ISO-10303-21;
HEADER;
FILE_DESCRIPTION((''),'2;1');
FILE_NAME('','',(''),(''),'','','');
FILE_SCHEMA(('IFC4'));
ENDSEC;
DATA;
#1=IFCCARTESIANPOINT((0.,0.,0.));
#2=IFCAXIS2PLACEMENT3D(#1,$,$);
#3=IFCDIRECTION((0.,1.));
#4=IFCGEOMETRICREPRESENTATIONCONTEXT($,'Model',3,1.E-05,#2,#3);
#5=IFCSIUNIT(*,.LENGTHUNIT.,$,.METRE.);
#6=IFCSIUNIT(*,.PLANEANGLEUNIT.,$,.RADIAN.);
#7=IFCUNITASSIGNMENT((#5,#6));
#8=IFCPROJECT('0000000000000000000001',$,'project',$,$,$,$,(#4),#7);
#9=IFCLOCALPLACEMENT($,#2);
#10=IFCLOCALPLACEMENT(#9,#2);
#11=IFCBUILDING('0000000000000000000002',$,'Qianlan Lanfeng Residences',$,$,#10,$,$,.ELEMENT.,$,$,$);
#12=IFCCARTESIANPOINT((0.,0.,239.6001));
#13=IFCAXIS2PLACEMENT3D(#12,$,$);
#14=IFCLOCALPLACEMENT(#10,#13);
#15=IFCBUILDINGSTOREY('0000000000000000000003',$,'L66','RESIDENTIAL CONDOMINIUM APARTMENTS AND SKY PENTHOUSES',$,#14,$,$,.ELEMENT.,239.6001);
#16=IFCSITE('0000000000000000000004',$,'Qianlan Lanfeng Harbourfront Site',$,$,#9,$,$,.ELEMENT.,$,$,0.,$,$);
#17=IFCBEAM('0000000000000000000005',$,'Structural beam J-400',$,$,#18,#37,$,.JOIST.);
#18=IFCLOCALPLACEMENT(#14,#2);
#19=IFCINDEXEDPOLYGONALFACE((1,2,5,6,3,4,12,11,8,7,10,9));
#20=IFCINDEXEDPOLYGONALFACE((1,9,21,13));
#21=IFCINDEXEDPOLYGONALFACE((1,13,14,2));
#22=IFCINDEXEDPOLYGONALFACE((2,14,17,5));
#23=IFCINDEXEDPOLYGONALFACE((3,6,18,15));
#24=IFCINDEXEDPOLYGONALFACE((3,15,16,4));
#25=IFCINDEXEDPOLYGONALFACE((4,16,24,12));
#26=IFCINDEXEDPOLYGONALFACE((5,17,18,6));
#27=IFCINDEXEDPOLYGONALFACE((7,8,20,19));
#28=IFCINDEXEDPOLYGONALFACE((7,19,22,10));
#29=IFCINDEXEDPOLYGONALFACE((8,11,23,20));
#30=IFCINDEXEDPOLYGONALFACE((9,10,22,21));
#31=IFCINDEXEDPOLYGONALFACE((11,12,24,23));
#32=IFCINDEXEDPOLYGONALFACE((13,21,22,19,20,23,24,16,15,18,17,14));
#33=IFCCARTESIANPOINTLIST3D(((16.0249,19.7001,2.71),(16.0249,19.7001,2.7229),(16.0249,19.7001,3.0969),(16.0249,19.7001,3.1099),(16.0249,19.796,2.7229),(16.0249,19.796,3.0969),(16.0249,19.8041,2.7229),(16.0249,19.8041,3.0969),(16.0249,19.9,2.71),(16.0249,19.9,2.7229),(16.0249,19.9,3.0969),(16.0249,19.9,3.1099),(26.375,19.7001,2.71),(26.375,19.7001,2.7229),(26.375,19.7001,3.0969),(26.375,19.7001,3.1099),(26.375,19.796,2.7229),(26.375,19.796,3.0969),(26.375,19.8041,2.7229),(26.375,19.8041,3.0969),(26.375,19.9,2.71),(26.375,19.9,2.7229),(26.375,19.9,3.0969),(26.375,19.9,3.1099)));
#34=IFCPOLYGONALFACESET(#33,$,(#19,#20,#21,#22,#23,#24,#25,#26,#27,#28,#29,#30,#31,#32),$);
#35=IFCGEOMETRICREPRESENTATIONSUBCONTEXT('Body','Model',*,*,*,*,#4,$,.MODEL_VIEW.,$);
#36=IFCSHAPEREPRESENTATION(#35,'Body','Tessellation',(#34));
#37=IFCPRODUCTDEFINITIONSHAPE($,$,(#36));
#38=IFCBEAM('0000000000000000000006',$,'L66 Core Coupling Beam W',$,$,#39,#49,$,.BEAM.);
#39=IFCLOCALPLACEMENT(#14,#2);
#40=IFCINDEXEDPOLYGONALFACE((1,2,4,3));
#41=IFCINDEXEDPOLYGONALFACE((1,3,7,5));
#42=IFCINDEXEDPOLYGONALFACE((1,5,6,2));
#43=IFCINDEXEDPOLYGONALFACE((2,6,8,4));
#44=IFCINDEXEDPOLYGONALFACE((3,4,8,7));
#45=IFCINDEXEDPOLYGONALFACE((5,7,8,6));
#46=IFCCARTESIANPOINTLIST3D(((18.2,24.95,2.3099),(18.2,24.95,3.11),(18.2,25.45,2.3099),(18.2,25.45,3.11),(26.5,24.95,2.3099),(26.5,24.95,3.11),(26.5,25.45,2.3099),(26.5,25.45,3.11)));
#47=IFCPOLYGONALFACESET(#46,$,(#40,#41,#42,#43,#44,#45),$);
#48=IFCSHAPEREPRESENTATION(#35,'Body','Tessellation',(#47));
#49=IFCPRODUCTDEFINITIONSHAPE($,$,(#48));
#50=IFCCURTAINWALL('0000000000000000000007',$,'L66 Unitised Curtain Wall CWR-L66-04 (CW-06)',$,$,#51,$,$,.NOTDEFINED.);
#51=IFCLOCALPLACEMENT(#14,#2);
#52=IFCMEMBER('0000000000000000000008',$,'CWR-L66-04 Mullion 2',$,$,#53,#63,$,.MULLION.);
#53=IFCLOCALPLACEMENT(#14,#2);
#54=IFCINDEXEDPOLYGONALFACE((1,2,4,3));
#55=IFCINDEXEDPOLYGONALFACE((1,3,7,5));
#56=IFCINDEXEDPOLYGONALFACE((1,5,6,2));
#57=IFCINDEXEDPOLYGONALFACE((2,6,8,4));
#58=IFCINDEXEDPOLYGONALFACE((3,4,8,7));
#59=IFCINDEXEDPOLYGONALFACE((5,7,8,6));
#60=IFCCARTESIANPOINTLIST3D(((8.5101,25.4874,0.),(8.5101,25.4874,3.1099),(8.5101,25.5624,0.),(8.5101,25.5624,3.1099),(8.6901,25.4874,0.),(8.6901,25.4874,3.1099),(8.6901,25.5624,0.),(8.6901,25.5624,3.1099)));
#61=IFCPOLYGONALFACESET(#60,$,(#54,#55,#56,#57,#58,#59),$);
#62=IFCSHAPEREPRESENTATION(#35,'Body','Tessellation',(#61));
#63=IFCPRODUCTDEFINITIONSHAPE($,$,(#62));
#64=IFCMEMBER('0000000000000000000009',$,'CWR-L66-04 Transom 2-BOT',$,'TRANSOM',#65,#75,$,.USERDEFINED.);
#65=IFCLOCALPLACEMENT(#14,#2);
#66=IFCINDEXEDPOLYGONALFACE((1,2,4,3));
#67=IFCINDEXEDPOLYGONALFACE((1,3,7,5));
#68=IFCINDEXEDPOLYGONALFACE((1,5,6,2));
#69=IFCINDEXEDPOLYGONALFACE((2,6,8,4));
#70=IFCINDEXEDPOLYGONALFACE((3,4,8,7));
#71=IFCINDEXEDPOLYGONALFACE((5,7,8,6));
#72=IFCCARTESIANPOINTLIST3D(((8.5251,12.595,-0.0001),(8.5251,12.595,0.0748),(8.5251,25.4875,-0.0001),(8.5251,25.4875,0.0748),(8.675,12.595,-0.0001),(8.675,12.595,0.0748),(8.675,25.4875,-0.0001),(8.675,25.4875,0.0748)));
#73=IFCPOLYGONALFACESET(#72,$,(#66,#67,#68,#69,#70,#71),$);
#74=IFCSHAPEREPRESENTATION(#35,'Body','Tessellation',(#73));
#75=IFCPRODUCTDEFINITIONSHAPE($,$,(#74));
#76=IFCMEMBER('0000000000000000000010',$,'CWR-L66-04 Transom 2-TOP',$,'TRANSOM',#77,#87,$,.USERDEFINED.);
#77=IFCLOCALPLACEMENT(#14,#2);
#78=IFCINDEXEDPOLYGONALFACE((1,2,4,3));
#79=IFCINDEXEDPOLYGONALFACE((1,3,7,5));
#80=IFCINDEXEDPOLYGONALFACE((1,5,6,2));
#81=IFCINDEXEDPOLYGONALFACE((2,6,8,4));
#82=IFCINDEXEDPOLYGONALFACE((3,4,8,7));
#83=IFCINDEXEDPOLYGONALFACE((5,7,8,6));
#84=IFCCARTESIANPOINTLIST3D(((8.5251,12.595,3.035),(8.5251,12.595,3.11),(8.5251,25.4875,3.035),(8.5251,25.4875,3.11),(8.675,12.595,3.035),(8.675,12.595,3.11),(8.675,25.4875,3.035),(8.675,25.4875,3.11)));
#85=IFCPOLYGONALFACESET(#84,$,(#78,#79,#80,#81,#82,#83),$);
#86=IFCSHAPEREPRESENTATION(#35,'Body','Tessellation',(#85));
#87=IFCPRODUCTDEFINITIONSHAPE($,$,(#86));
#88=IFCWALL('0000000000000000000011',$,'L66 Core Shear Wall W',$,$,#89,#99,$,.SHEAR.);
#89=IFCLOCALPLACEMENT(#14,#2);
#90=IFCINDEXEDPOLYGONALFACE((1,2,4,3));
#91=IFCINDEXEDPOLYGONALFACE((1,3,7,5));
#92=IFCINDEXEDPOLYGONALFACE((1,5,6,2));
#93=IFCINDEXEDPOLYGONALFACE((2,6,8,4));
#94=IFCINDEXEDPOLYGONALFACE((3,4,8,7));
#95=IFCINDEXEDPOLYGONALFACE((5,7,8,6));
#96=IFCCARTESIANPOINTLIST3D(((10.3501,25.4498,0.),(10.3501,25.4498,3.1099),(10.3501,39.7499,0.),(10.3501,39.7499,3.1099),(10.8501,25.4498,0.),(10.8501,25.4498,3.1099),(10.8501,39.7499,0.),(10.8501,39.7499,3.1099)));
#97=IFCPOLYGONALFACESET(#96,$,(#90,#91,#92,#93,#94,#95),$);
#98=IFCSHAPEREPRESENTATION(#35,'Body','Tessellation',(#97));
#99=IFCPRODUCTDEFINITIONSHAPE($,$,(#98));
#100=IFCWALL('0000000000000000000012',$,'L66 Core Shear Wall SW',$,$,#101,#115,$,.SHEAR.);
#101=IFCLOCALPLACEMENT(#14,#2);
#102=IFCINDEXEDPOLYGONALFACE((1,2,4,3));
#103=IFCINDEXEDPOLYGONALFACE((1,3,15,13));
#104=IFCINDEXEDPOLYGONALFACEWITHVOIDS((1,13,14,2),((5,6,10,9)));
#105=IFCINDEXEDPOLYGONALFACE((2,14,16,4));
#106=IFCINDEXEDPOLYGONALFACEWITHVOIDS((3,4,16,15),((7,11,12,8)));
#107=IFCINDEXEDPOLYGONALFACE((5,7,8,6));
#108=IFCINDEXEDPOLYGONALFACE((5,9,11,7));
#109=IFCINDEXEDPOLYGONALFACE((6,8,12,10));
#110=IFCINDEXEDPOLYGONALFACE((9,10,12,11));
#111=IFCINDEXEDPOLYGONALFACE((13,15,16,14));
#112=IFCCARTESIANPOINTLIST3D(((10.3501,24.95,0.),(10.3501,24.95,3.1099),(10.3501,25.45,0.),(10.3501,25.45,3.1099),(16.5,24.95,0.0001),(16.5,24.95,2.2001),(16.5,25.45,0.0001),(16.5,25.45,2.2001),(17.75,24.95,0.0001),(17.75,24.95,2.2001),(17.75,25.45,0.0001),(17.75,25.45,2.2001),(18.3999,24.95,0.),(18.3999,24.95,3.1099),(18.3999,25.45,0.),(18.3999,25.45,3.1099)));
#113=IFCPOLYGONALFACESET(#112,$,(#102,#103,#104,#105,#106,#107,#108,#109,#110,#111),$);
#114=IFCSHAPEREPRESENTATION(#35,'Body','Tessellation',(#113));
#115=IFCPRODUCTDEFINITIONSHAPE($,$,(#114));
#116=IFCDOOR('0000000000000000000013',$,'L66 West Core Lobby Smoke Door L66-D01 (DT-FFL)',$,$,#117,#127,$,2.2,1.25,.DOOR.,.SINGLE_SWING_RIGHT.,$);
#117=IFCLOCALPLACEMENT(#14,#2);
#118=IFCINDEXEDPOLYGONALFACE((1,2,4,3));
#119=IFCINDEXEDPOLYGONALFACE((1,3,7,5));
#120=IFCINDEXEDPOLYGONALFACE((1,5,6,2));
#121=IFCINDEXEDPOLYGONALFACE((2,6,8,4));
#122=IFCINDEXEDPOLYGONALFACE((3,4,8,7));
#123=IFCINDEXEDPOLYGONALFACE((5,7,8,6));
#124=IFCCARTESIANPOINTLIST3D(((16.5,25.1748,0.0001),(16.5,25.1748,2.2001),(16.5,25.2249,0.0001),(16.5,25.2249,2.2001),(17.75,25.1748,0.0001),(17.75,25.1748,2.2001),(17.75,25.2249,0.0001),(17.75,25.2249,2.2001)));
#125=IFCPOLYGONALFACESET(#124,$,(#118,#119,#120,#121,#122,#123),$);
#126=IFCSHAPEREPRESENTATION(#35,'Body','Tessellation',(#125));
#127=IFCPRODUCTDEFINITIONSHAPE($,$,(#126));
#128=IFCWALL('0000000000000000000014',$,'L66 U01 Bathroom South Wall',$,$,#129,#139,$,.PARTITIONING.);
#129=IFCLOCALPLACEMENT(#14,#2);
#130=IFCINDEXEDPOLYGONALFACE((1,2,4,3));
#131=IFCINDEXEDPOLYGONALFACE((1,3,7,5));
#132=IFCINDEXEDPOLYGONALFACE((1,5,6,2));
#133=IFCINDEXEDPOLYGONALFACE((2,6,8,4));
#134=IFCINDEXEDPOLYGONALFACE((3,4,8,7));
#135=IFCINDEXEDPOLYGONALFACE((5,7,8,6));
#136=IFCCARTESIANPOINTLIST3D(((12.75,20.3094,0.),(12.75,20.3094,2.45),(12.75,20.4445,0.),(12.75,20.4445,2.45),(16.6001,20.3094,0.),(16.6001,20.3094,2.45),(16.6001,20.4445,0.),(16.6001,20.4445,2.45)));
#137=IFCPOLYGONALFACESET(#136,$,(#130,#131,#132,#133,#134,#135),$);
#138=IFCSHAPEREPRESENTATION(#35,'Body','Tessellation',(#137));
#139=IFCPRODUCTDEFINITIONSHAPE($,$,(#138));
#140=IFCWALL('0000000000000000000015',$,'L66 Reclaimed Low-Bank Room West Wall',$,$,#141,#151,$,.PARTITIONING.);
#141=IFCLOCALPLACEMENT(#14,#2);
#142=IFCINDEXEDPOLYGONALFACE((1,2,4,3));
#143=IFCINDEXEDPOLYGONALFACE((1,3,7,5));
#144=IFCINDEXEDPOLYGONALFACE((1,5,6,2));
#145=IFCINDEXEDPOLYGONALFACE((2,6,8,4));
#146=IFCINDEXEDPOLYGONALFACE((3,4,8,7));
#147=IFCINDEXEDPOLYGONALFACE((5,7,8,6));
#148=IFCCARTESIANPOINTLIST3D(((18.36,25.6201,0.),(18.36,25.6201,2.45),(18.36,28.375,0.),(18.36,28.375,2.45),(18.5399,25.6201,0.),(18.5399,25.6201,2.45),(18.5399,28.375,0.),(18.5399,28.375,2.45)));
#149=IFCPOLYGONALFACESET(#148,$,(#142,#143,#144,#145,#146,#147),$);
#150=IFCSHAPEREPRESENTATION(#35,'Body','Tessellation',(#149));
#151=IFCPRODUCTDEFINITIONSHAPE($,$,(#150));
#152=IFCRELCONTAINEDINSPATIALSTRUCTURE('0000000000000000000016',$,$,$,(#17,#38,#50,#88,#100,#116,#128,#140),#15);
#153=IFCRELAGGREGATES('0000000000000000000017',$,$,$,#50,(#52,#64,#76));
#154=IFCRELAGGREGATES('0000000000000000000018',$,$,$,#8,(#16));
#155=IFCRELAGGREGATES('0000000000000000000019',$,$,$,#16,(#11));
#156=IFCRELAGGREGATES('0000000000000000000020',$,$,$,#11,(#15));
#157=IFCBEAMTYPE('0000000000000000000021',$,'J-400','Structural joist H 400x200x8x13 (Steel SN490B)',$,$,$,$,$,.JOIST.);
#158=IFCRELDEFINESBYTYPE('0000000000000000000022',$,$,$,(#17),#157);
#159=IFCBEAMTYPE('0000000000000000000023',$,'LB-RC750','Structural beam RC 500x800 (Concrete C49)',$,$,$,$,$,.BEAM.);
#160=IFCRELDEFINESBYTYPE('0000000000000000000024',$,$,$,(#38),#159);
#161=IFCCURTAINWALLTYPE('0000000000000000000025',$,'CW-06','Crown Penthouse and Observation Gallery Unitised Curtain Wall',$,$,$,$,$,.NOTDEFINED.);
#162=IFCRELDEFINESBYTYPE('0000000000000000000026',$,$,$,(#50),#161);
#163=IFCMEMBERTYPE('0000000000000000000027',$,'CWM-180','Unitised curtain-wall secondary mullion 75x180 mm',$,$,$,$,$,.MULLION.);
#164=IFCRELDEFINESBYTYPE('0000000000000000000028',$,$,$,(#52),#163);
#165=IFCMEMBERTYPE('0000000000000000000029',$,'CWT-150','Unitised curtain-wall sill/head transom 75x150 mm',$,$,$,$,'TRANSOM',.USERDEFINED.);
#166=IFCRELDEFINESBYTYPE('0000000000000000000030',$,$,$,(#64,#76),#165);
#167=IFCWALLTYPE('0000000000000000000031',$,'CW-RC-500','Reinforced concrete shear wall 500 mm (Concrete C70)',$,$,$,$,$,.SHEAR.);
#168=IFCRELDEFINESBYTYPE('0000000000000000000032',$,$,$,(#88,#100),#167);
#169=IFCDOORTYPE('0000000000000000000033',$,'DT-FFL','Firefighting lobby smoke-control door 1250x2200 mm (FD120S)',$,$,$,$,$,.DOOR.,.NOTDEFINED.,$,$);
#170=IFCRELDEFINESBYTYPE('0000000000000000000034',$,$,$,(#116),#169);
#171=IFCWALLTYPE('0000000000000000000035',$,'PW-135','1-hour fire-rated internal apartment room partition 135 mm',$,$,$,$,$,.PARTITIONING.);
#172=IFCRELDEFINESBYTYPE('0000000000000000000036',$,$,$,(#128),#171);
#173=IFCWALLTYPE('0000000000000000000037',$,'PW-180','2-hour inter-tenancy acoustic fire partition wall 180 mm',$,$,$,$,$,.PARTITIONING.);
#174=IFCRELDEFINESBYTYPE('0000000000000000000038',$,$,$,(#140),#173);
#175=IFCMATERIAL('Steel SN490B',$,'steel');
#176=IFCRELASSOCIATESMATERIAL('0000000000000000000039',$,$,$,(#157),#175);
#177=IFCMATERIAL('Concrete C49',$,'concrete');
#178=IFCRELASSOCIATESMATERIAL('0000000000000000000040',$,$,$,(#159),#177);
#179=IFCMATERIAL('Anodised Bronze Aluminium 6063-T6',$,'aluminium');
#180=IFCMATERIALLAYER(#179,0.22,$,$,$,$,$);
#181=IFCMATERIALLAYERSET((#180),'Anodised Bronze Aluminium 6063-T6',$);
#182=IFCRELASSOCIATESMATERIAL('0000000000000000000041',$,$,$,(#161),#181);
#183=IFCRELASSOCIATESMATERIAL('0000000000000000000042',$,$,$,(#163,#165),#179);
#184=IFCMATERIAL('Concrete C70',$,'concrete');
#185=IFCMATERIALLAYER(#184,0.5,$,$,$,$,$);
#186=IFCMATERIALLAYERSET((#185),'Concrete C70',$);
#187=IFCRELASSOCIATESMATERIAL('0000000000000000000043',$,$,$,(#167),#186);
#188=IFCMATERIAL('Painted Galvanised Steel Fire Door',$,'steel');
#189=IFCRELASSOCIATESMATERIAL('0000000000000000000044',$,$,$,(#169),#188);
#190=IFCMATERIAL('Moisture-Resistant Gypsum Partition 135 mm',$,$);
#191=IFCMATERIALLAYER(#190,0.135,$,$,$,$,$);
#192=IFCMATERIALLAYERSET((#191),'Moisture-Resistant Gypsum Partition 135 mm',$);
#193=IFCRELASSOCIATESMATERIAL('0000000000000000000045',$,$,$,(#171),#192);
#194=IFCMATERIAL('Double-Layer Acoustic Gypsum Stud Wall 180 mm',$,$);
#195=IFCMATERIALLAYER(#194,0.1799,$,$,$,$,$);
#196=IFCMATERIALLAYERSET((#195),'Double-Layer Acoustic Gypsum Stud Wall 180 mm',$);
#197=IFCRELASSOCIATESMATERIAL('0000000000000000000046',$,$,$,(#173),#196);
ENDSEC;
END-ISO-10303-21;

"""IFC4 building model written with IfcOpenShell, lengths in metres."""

from ifc_helpers import new_model, si_unit, direction, frame, frame_2d, origin, origin_2d, place, context, subcontext, project, spatial, rectangle, i_section, extrude, source, transform, mapped, material, layer, layer_set, material_profile, profile_set, type_object, element, fill, aggregate, save


model = new_model("IFC4")

# Units and contexts
model_context = context("Model", 3, precision=1e-05, world=origin(), true_north=direction((0.0, 1.0)))
body_context = subcontext(model_context, "Body", "Model", "MODEL_VIEW")
ifc_project = project(units=[si_unit("LENGTHUNIT", "METRE"), si_unit("PLANEANGLEUNIT", "RADIAN")], contexts=[model_context])

# Site, building, storey
site_placement = place(None, origin())
site = spatial("IfcSite", under=ifc_project, at=site_placement, Name="Qianlan Lanfeng Harbourfront Site", CompositionType="ELEMENT", RefElevation=0.0)
building_placement = place(site_placement, origin())
building = spatial("IfcBuilding", under=site, at=building_placement, Name="Qianlan Lanfeng Residences", CompositionType="ELEMENT")
storey_placement = place(building_placement, frame((0.0, 0.0, 239.6001)))
storey = spatial("IfcBuildingStorey", under=building, at=storey_placement, Name="L66", Description="RESIDENTIAL CONDOMINIUM APARTMENTS AND SKY PENTHOUSES", CompositionType="ELEMENT", Elevation=239.6001)

# Beams
ifc_material_1 = material(Name="Steel SN490B", Category="steel")
ifc_material_profile_1 = material_profile(ifc_material_1, i_section(OverallWidth=0.2, OverallDepth=0.3999, WebThickness=0.0081, FlangeThickness=0.0129, at=origin_2d()), Name="H 400x200x8x13")
ifc_profile_set_1 = profile_set([ifc_material_profile_1], Name="Steel SN490B")
beam_type_1 = type_object("IfcBeamType", Name="J-400", Description="Structural joist H 400x200x8x13 (Steel SN490B)", PredefinedType="JOIST", material=ifc_profile_set_1)
beam_1_placement = place(storey_placement, frame((16.0249, 19.8, 2.9099), z_axis=(1.0, 0.0, 0.0), x_axis=(0.0, 1.0, 0.0)))
element("IfcBeam", 1, at=beam_1_placement, inside=storey, type_object=beam_type_1, Name="Structural beam J-400", PredefinedType="JOIST", context=body_context, shape_type="SweptSolid", body=[
    extrude(i_section(OverallWidth=0.2, OverallDepth=0.3999, WebThickness=0.0081, FlangeThickness=0.0129, at=origin_2d()), origin(), (0.0, 0.0, 1.0), 10.3501),
])
ifc_material_2 = material(Name="Concrete C49", Category="concrete")
ifc_material_profile_2 = material_profile(ifc_material_2, rectangle(XDim=0.5, YDim=0.8, at=origin_2d()), Name="RC 500x800")
ifc_profile_set_2 = profile_set([ifc_material_profile_2], Name="Concrete C49")
beam_type_2 = type_object("IfcBeamType", Name="LB-RC750", Description="Structural beam RC 500x800 (Concrete C49)", PredefinedType="BEAM", material=ifc_profile_set_2)
beam_2_placement = place(storey_placement, frame((18.2, 25.2, 2.71), z_axis=(1.0, 0.0, 0.0), x_axis=(0.0, 1.0, 0.0)))
element("IfcBeam", 2, at=beam_2_placement, inside=storey, type_object=beam_type_2, Name="L66 Core Coupling Beam W", PredefinedType="BEAM", context=body_context, shape_type="SweptSolid", body=[
    extrude(rectangle(XDim=0.5, YDim=0.8, at=origin_2d()), origin(), (0.0, 0.0, 1.0), 8.3),
])

# Curtain wall, members
ifc_material_3 = material(Name="Anodised Bronze Aluminium 6063-T6", Category="aluminium")
ifc_layer_1 = layer(ifc_material_3, 0.22)
ifc_layer_set_1 = layer_set([ifc_layer_1], Name="Anodised Bronze Aluminium 6063-T6")
curtain_wall_type = type_object("IfcCurtainWallType", Name="CW-06", Description="Crown Penthouse and Observation Gallery Unitised Curtain Wall", PredefinedType="NOTDEFINED", material=ifc_layer_set_1)
curtain_wall_placement = place(storey_placement, origin())
curtain_wall = element("IfcCurtainWall", 3, at=curtain_wall_placement, inside=storey, type_object=curtain_wall_type, Name="L66 Unitised Curtain Wall CWR-L66-04 (CW-06)", PredefinedType="NOTDEFINED")
ifc_material_profile_3 = material_profile(ifc_material_3, rectangle(XDim=0.075, YDim=0.1799, at=origin_2d()), Name="ALU MULLION 75x180")
ifc_profile_set_3 = profile_set([ifc_material_profile_3], Name="Anodised Bronze Aluminium 6063-T6")
member_type_1 = type_object("IfcMemberType", Name="CWM-180", Description="Unitised curtain-wall secondary mullion 75x180 mm", PredefinedType="MULLION", material=ifc_profile_set_3)
shared_shape_1 = source(origin(), body_context, "Body", "SweptSolid", [
    extrude(rectangle(XDim=0.075, YDim=0.1799, at=origin_2d()), origin(), (0.0, 0.0, 1.0), 3.1099),
])
member_1_placement = place(storey_placement, frame((8.6001, 25.5249, 0.0), z_axis=(0.0, 0.0, 1.0), x_axis=(0.0, -1.0, 0.0)))
member_1 = element("IfcMember", 4, at=member_1_placement, type_object=member_type_1, Name="CWR-L66-04 Mullion 2", PredefinedType="MULLION", context=body_context, shape_type="MappedRepresentation", body=[
    mapped(shared_shape_1, transform((0.0, 0.0, 0.0), scale=1.0)),
])
ifc_material_profile_4 = material_profile(ifc_material_3, rectangle(XDim=0.075, YDim=0.1499, at=origin_2d()), Name="ALU TRANSOM 75x150")
ifc_profile_set_4 = profile_set([ifc_material_profile_4], Name="Anodised Bronze Aluminium 6063-T6")
member_type_2 = type_object("IfcMemberType", Name="CWT-150", Description="Unitised curtain-wall sill/head transom 75x150 mm", ElementType="TRANSOM", PredefinedType="USERDEFINED", material=ifc_profile_set_4)
shared_shape_2 = source(origin(), body_context, "Body", "SweptSolid", [
    extrude(rectangle(XDim=0.075, YDim=0.1499, at=origin_2d()), origin(), (0.0, 0.0, 1.0), 12.8926),
])
member_2_placement = place(storey_placement, frame((8.6001, 25.4875, 0.0374), z_axis=(0.0, -1.0, 0.0), x_axis=(0.0, 0.0, 1.0)))
member_2 = element("IfcMember", 5, at=member_2_placement, type_object=member_type_2, Name="CWR-L66-04 Transom 2-BOT", ObjectType="TRANSOM", PredefinedType="USERDEFINED", context=body_context, shape_type="MappedRepresentation", body=[
    mapped(shared_shape_2, transform((0.0, 0.0, 0.0), scale=1.0)),
])
member_3_placement = place(storey_placement, frame((8.6001, 25.4875, 3.0725), z_axis=(0.0, -1.0, 0.0), x_axis=(0.0, 0.0, 1.0)))
member_3 = element("IfcMember", 6, at=member_3_placement, type_object=member_type_2, Name="CWR-L66-04 Transom 2-TOP", ObjectType="TRANSOM", PredefinedType="USERDEFINED", context=body_context, shape_type="MappedRepresentation", body=[
    mapped(shared_shape_2, transform((0.0, 0.0, 0.0), scale=1.0)),
])
aggregate(curtain_wall, [member_1, member_2, member_3])

# Wall
ifc_material_4 = material(Name="Concrete C70", Category="concrete")
ifc_layer_2 = layer(ifc_material_4, 0.5)
ifc_layer_set_2 = layer_set([ifc_layer_2], Name="Concrete C70")
wall_type_1 = type_object("IfcWallType", Name="CW-RC-500", Description="Reinforced concrete shear wall 500 mm (Concrete C70)", PredefinedType="SHEAR", material=ifc_layer_set_2)
wall_1_placement = place(storey_placement, frame((10.6001, 25.45, 0.0), z_axis=(0.0, 0.0, 1.0), x_axis=(0.0, 1.0, 0.0)))
element("IfcWall", 7, at=wall_1_placement, inside=storey, type_object=wall_type_1, Name="L66 Core Shear Wall W", PredefinedType="SHEAR", context=body_context, shape_type="SweptSolid", body=[
    extrude(rectangle(XDim=14.3, YDim=0.5, at=frame_2d((7.1499, 0.0))), origin(), (0.0, 0.0, 1.0), 3.1099),
])

# Wall, opening, door
wall_2_placement = place(storey_placement, frame((10.3501, 25.2, 0.0), z_axis=(0.0, 0.0, 1.0), x_axis=(1.0, 0.0, 0.0)))
wall_2 = element("IfcWall", 8, at=wall_2_placement, inside=storey, type_object=wall_type_1, Name="L66 Core Shear Wall SW", PredefinedType="SHEAR", context=body_context, shape_type="SweptSolid", body=[
    extrude(rectangle(XDim=8.0498, YDim=0.5, at=frame_2d((4.0249, 0.0))), origin(), (0.0, 0.0, 1.0), 3.1099),
])
opening_1_placement = place(wall_2_placement, frame((6.1499, 0.0, 0.0)))
opening_1 = element("IfcOpeningElement", 9, at=opening_1_placement, cuts=wall_2, PredefinedType="OPENING", context=body_context, shape_type="SweptSolid", body=[
    extrude(rectangle(XDim=1.25, YDim=2.2, at=frame_2d((0.625, 1.1001))), frame((0.0, 0.26, 0.0), z_axis=(0.0, -1.0, 0.0), x_axis=(1.0, 0.0, 0.0)), (0.0, 0.0, 1.0), 0.52),
])
ifc_material_5 = material(Name="Painted Galvanised Steel Fire Door", Category="steel")
door_type_1 = type_object("IfcDoorType", Name="DT-FFL", Description="Firefighting lobby smoke-control door 1250x2200 mm (FD120S)", OperationType="NOTDEFINED", PredefinedType="DOOR", material=ifc_material_5)
door_1_placement = place(opening_1_placement, origin())
door_1 = element("IfcDoor", 10, at=door_1_placement, inside=storey, type_object=door_type_1, Name="L66 West Core Lobby Smoke Door L66-D01 (DT-FFL)", OperationType="SINGLE_SWING_RIGHT", OverallHeight=2.2, OverallWidth=1.25, PredefinedType="DOOR", context=body_context, shape_type="SweptSolid", body=[
    extrude(rectangle(XDim=1.25, YDim=2.2, at=frame_2d((0.625, 1.1001))), frame((0.0, 0.0249, 0.0), z_axis=(0.0, -1.0, 0.0), x_axis=(1.0, 0.0, 0.0)), (0.0, 0.0, 1.0), 0.05),
])
fill(opening_1, door_1)

# Wall
ifc_material_6 = material(Name="Moisture-Resistant Gypsum Partition 135 mm")
ifc_layer_3 = layer(ifc_material_6, 0.135)
ifc_layer_set_3 = layer_set([ifc_layer_3], Name="Moisture-Resistant Gypsum Partition 135 mm")
wall_type_2 = type_object("IfcWallType", Name="PW-135", Description="1-hour fire-rated internal apartment room partition 135 mm", PredefinedType="PARTITIONING", material=ifc_layer_set_3)
wall_3_placement = place(storey_placement, frame((12.75, 20.377, 0.0), z_axis=(0.0, 0.0, 1.0), x_axis=(1.0, 0.0, 0.0)))
element("IfcWall", 11, at=wall_3_placement, inside=storey, type_object=wall_type_2, Name="L66 U01 Bathroom South Wall", PredefinedType="PARTITIONING", context=body_context, shape_type="SweptSolid", body=[
    extrude(rectangle(XDim=3.8501, YDim=0.135, at=frame_2d((1.925, 0.0))), origin(), (0.0, 0.0, 1.0), 2.45),
])

# Shared definitions
ifc_material_7 = material(Name="Double-Layer Acoustic Gypsum Stud Wall 180 mm")
ifc_layer_4 = layer(ifc_material_7, 0.1799)
ifc_layer_set_4 = layer_set([ifc_layer_4], Name="Double-Layer Acoustic Gypsum Stud Wall 180 mm")
wall_type_3 = type_object("IfcWallType", Name="PW-180", Description="2-hour inter-tenancy acoustic fire partition wall 180 mm", PredefinedType="PARTITIONING", material=ifc_layer_set_4)

# Wall
wall_4_placement = place(storey_placement, frame((18.45, 25.6201, 0.0), z_axis=(0.0, 0.0, 1.0), x_axis=(0.0, 1.0, 0.0)))
element("IfcWall", 12, at=wall_4_placement, inside=storey, type_object=wall_type_3, Name="L66 Reclaimed Low-Bank Room West Wall", PredefinedType="PARTITIONING", context=body_context, shape_type="SweptSolid", body=[
    extrude(rectangle(XDim=2.7549, YDim=0.1799, at=frame_2d((1.3774, 0.0))), origin(), (0.0, 0.0, 1.0), 2.45),
])

save(model, "model.ifc")
